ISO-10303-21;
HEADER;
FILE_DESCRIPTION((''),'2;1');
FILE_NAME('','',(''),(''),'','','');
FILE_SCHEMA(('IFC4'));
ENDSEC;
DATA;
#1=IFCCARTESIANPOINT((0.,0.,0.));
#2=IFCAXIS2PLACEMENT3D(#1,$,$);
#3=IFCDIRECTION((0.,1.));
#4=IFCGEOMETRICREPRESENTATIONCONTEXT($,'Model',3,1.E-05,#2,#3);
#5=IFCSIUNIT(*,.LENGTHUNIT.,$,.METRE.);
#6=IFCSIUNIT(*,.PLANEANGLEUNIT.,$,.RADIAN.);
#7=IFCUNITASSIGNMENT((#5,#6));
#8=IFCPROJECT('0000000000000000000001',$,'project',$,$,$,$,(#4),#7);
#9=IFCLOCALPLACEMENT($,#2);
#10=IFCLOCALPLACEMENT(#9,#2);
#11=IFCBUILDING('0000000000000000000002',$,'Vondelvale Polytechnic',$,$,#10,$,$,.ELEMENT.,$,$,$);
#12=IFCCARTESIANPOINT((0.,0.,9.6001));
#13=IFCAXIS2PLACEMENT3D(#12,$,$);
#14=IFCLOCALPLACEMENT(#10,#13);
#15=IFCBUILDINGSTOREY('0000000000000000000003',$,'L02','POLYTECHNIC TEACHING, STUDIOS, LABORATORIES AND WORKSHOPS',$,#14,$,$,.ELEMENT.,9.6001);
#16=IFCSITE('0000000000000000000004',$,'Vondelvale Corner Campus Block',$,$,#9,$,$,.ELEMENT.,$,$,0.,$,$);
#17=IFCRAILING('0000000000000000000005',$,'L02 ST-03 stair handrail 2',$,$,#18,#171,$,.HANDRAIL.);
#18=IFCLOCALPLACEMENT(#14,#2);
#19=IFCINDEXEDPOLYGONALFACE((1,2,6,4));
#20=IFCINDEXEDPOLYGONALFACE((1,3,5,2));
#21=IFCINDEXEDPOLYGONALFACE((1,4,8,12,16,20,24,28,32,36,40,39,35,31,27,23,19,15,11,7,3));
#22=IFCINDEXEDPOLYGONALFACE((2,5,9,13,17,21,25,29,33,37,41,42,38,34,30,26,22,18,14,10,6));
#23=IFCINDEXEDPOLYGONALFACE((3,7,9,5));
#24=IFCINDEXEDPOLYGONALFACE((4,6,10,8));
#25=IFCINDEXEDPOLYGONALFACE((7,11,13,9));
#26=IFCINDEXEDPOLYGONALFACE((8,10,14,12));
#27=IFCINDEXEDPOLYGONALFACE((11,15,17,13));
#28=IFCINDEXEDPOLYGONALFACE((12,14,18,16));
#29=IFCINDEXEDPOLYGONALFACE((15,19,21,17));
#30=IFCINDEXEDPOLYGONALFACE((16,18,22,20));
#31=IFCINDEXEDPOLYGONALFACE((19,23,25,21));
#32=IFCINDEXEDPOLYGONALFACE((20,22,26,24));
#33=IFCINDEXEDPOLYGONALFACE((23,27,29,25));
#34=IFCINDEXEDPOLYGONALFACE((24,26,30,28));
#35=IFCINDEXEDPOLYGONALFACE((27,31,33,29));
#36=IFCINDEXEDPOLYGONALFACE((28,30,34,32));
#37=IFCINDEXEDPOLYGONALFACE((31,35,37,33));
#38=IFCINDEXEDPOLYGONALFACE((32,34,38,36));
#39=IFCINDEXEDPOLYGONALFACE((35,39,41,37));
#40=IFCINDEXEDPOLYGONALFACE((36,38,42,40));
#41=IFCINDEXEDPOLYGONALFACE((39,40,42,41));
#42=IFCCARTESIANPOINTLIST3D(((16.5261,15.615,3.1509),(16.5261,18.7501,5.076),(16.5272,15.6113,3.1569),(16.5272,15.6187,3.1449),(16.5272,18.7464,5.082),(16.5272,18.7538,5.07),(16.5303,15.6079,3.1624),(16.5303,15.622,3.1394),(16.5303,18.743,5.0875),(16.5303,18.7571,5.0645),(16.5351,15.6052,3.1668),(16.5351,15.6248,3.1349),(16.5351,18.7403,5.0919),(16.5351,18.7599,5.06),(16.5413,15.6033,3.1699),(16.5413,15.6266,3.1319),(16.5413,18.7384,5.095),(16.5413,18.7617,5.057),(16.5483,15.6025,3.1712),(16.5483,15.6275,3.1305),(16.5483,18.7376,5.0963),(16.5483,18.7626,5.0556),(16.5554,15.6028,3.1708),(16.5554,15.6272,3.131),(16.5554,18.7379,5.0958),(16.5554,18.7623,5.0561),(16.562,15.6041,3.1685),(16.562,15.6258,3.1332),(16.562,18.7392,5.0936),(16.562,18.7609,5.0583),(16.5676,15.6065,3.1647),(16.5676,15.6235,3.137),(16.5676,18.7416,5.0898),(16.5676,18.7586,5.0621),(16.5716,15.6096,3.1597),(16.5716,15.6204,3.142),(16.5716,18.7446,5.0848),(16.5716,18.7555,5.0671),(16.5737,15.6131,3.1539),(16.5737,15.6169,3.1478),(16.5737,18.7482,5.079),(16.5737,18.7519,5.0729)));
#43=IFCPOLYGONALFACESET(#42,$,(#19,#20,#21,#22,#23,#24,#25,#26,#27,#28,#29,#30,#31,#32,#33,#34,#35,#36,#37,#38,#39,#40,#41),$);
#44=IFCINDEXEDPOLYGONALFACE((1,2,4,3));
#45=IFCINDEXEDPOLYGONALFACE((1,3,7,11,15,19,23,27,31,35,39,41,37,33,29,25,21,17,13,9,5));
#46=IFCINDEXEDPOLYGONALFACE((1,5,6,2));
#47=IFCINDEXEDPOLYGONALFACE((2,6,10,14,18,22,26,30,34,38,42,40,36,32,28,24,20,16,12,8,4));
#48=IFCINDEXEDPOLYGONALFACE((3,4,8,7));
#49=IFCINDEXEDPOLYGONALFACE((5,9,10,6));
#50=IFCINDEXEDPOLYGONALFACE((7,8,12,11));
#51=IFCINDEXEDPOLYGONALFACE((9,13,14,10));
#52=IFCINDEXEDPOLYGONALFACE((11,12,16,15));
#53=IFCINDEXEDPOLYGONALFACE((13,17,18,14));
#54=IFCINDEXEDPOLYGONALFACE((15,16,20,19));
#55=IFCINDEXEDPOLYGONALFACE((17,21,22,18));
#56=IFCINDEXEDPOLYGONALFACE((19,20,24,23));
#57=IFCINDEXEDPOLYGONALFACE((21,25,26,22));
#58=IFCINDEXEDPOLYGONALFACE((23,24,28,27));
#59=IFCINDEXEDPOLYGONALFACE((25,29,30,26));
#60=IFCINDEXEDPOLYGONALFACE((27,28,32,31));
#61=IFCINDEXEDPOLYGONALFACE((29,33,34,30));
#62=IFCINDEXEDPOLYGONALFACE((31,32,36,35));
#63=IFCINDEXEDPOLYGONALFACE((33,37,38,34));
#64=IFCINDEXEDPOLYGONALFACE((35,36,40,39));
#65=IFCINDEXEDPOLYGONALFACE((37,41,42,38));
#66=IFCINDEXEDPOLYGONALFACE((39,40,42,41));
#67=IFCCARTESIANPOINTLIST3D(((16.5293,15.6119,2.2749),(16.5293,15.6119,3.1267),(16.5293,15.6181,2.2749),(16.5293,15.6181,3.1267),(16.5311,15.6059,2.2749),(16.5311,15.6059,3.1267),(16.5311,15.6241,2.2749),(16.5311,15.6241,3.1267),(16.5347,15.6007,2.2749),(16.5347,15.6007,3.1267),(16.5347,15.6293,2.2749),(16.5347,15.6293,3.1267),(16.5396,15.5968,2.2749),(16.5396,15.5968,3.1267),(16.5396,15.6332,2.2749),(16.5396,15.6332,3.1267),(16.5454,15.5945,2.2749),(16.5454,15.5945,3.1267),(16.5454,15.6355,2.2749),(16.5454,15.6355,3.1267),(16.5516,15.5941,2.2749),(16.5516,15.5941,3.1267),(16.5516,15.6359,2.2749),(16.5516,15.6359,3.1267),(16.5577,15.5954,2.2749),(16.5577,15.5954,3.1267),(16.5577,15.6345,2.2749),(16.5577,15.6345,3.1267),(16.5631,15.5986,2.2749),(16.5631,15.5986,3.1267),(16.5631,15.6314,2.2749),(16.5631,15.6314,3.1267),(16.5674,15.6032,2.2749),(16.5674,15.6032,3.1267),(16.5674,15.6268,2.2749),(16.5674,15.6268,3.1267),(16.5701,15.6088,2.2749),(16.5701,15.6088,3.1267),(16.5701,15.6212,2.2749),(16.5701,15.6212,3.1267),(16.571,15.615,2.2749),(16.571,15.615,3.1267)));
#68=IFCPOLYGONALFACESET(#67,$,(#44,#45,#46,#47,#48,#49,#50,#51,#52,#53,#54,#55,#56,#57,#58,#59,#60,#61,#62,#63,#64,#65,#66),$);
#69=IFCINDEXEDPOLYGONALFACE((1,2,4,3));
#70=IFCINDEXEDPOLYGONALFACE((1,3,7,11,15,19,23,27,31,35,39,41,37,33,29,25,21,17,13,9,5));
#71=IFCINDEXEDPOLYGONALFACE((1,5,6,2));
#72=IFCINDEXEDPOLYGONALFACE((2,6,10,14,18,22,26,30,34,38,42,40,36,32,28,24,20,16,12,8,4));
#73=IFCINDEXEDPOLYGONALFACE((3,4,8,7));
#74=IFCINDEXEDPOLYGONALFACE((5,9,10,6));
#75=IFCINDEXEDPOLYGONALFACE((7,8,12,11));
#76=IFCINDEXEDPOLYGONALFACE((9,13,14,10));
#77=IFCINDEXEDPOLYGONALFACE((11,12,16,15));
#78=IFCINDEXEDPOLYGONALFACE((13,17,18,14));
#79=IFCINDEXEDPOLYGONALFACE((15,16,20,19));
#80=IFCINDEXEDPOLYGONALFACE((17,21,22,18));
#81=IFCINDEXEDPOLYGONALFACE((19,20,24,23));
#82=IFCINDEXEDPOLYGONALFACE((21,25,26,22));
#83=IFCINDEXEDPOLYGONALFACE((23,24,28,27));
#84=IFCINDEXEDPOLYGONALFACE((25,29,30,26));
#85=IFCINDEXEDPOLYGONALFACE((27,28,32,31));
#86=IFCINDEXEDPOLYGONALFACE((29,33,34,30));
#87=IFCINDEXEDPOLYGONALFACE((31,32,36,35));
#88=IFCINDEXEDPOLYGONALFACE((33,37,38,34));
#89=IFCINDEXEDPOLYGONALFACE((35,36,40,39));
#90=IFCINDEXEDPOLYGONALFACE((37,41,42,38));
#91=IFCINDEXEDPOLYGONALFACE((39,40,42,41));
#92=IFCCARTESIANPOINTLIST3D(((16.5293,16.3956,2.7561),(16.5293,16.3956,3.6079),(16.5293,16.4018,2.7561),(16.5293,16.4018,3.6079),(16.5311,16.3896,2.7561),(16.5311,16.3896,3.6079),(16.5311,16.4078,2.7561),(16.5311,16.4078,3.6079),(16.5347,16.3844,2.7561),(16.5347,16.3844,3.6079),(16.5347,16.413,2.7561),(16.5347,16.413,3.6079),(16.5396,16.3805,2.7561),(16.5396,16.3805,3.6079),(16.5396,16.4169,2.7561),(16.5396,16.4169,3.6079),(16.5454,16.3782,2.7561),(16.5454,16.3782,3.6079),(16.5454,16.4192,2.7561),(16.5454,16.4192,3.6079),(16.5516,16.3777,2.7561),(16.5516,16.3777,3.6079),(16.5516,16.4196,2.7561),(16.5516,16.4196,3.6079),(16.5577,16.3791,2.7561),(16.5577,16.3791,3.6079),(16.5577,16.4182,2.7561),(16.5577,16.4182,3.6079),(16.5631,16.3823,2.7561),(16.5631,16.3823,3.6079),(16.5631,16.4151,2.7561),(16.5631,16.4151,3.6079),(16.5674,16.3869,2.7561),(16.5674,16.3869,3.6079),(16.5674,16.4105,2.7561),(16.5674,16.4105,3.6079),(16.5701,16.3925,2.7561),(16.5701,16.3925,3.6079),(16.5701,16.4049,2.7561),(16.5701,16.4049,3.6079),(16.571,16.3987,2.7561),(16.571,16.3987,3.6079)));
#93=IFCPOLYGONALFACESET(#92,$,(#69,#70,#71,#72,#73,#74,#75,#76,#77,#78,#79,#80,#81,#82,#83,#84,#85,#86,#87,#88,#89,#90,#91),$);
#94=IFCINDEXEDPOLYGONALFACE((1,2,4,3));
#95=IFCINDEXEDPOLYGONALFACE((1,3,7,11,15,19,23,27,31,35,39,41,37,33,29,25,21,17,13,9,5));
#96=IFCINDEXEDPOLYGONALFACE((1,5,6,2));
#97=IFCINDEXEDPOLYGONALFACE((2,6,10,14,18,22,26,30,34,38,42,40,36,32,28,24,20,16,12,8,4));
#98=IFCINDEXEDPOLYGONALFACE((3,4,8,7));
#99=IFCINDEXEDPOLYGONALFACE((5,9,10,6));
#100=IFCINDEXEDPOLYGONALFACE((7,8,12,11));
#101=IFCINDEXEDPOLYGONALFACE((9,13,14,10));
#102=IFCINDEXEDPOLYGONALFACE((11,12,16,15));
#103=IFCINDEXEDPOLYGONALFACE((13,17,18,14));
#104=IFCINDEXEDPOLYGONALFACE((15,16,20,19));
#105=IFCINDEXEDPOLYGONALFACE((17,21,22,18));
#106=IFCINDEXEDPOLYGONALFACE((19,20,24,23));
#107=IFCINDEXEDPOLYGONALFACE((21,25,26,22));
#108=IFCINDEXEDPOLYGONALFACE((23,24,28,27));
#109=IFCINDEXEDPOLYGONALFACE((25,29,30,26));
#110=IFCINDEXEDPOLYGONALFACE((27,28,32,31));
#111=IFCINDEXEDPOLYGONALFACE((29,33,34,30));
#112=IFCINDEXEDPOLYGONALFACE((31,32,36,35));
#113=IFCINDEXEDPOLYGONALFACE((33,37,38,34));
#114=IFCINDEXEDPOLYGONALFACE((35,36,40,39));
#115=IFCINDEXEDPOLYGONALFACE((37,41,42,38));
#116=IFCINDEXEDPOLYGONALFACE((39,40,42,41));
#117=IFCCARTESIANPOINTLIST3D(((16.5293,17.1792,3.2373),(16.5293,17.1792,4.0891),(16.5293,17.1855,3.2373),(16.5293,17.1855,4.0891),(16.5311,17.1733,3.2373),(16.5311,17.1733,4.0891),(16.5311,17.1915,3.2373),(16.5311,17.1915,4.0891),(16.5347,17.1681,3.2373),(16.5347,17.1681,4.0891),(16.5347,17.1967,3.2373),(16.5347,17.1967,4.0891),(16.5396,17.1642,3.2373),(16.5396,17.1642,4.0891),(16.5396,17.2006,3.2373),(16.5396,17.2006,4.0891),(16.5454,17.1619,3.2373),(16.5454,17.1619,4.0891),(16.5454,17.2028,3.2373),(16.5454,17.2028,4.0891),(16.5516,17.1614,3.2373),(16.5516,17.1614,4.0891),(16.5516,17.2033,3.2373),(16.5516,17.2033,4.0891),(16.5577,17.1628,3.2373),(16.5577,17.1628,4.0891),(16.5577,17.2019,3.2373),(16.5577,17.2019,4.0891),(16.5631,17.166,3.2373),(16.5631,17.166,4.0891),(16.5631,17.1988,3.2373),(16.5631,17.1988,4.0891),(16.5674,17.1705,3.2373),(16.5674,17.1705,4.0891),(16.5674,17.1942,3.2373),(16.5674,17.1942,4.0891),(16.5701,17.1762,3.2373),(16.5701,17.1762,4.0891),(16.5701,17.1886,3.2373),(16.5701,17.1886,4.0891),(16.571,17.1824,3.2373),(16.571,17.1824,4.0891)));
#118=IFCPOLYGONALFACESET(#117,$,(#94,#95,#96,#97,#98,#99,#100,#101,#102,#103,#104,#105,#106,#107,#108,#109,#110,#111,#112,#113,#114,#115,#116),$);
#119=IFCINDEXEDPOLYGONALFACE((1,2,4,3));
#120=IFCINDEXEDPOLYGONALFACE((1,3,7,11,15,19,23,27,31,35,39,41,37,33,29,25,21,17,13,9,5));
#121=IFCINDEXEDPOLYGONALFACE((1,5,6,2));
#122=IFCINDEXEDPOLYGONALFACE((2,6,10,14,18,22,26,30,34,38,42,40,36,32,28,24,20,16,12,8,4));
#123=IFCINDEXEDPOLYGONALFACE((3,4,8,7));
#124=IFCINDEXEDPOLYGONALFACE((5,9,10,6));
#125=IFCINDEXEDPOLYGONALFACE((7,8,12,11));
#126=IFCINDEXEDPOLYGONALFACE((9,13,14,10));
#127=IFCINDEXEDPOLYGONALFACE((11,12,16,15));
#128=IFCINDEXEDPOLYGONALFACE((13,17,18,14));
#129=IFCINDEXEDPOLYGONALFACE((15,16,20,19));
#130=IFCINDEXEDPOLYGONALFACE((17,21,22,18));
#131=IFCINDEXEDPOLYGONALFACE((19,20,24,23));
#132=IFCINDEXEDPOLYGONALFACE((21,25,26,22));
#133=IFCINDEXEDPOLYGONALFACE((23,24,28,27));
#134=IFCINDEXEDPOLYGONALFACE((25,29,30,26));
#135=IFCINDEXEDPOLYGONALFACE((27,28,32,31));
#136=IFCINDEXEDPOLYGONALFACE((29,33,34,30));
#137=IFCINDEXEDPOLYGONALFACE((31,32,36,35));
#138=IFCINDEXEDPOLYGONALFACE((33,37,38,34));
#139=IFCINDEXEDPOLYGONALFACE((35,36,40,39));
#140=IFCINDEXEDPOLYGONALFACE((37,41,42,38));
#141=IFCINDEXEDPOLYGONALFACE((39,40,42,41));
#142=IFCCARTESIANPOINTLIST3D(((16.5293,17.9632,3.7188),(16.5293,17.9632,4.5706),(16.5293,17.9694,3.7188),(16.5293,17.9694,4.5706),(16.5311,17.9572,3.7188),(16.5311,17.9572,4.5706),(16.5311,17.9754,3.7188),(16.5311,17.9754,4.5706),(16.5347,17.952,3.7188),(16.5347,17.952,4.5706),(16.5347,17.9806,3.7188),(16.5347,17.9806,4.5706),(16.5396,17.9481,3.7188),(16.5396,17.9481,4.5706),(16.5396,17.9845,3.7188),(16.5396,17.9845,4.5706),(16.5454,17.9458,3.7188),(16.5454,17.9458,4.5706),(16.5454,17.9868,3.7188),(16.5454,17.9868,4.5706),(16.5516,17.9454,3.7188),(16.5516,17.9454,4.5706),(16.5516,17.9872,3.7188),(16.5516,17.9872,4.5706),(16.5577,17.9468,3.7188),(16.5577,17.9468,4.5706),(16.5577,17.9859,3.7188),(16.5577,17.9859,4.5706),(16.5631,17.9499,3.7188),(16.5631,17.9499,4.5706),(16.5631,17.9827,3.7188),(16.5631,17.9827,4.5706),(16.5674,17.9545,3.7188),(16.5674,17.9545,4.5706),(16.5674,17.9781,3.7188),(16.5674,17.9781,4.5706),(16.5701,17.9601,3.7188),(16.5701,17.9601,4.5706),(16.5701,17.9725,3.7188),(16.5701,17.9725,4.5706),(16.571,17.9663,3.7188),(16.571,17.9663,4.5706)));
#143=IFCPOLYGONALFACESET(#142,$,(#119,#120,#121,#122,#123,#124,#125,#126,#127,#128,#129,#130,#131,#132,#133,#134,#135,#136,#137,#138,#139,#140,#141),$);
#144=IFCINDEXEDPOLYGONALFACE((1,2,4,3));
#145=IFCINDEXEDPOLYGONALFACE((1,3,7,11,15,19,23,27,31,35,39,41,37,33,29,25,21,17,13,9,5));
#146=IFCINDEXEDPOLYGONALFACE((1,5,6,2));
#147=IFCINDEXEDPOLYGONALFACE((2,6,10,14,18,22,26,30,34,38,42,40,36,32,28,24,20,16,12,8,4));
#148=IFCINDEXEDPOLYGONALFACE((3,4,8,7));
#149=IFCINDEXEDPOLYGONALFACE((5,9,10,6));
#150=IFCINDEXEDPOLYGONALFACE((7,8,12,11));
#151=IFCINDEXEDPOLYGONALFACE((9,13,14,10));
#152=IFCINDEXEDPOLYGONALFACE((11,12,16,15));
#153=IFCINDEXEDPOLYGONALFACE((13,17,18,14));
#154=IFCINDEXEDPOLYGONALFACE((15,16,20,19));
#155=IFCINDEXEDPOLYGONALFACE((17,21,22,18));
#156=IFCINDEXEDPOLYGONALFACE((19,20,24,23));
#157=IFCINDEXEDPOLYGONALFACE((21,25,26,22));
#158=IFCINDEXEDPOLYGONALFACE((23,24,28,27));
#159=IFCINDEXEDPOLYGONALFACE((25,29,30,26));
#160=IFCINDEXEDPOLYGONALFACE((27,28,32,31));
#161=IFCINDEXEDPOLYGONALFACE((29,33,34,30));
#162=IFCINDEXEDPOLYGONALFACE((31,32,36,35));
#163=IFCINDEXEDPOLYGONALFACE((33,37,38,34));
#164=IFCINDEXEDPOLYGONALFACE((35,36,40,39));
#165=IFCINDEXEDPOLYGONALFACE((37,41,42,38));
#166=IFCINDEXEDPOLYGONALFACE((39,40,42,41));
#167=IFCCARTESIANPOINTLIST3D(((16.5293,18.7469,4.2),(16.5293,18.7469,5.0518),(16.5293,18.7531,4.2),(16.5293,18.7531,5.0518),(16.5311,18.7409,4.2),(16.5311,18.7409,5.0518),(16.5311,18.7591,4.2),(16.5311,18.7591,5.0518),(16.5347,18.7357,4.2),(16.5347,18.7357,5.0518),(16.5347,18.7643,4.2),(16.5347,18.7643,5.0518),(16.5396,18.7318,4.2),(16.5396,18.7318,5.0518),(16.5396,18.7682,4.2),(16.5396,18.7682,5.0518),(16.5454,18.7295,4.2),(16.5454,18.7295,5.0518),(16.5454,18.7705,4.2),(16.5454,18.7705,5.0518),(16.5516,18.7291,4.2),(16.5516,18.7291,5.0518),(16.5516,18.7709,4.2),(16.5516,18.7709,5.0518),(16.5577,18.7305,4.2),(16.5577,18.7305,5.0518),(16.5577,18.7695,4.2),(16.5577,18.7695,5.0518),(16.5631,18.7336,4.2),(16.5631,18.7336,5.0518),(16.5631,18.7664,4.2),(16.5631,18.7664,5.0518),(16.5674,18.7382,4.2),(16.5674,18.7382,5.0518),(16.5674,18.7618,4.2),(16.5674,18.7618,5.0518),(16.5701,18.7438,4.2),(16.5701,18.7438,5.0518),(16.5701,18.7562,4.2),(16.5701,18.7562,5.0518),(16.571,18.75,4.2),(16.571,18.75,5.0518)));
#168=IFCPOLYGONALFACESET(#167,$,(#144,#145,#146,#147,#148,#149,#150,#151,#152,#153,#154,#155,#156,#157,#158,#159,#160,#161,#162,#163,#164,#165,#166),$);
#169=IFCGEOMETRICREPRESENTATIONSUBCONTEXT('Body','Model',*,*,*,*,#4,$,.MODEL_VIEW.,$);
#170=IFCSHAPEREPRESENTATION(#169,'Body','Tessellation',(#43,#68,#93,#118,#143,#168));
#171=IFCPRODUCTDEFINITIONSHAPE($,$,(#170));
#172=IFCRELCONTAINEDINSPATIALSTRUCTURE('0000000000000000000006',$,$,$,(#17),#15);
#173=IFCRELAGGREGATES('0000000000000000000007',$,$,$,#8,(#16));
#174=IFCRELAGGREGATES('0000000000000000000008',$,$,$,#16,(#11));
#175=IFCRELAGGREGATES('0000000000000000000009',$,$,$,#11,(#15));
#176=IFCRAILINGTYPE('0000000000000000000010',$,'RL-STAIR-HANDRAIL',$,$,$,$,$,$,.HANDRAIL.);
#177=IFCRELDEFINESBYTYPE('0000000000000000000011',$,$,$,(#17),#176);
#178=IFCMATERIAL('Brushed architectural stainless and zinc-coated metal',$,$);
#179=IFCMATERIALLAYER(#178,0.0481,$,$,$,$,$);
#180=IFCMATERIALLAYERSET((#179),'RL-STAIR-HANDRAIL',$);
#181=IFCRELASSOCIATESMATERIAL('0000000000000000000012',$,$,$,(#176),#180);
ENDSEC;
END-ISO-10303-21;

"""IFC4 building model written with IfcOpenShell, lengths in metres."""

from ifc_helpers import new_model, si_unit, direction, frame, origin, origin_2d, place, context, subcontext, project, spatial, circle, extrude, material, layer, layer_set, type_object, element, save


model = new_model("IFC4")

# Units and contexts
model_context = context("Model", 3, precision=1e-05, world=origin(), true_north=direction((0.0, 1.0)))
body_context = subcontext(model_context, "Body", "Model", "MODEL_VIEW")
ifc_project = project(units=[si_unit("LENGTHUNIT", "METRE"), si_unit("PLANEANGLEUNIT", "RADIAN")], contexts=[model_context])

# Site, building, storey
site_placement = place(None, origin())
site = spatial("IfcSite", under=ifc_project, at=site_placement, Name="Vondelvale Corner Campus Block", CompositionType="ELEMENT", RefElevation=0.0)
building_placement = place(site_placement, origin())
building = spatial("IfcBuilding", under=site, at=building_placement, Name="Vondelvale Polytechnic", CompositionType="ELEMENT")
storey_placement = place(building_placement, frame((0.0, 0.0, 9.6001)))
storey = spatial("IfcBuildingStorey", under=building, at=storey_placement, Name="L02", Description="POLYTECHNIC TEACHING, STUDIOS, LABORATORIES AND WORKSHOPS", CompositionType="ELEMENT", Elevation=9.6001)

# Shared definitions
ifc_material_1 = material(Name="Brushed architectural stainless and zinc-coated metal")

# Railing
ifc_layer_1 = layer(ifc_material_1, 0.0481)
ifc_layer_set_1 = layer_set([ifc_layer_1], Name="RL-STAIR-HANDRAIL")
railing_type_1 = type_object("IfcRailingType", Name="RL-STAIR-HANDRAIL", PredefinedType="HANDRAIL", material=ifc_layer_set_1)
railing_1_placement = place(storey_placement, frame((16.55, 15.615, 2.2749)))
element("IfcRailing", 1, at=railing_1_placement, inside=storey, type_object=railing_type_1, Name="L02 ST-03 stair handrail 2", PredefinedType="HANDRAIL", context=body_context, shape_type="SweptSolid", body=[
    extrude(circle(Radius=0.0239, at=origin_2d()), frame((0.0, 0.0, 0.876), z_axis=(0.0, 0.852166, 0.523271), x_axis=(-1.0, 0.0, 0.0)), (0.0, 0.0, 1.0), 3.679),
    extrude(circle(Radius=0.021, at=origin_2d()), origin(), (0.0, 0.0, 1.0), 0.8518),
    extrude(circle(Radius=0.021, at=origin_2d()), frame((0.0, 0.7837, 0.4812)), (0.0, 0.0, 1.0), 0.8518),
    extrude(circle(Radius=0.021, at=origin_2d()), frame((0.0, 1.5674, 0.9624)), (0.0, 0.0, 1.0), 0.8518),
    extrude(circle(Radius=0.021, at=origin_2d()), frame((0.0, 2.3513, 1.4438)), (0.0, 0.0, 1.0), 0.8518),
    extrude(circle(Radius=0.021, at=origin_2d()), frame((0.0, 3.135, 1.925)), (0.0, 0.0, 1.0), 0.8518),
])

save(model, "model.ifc")
